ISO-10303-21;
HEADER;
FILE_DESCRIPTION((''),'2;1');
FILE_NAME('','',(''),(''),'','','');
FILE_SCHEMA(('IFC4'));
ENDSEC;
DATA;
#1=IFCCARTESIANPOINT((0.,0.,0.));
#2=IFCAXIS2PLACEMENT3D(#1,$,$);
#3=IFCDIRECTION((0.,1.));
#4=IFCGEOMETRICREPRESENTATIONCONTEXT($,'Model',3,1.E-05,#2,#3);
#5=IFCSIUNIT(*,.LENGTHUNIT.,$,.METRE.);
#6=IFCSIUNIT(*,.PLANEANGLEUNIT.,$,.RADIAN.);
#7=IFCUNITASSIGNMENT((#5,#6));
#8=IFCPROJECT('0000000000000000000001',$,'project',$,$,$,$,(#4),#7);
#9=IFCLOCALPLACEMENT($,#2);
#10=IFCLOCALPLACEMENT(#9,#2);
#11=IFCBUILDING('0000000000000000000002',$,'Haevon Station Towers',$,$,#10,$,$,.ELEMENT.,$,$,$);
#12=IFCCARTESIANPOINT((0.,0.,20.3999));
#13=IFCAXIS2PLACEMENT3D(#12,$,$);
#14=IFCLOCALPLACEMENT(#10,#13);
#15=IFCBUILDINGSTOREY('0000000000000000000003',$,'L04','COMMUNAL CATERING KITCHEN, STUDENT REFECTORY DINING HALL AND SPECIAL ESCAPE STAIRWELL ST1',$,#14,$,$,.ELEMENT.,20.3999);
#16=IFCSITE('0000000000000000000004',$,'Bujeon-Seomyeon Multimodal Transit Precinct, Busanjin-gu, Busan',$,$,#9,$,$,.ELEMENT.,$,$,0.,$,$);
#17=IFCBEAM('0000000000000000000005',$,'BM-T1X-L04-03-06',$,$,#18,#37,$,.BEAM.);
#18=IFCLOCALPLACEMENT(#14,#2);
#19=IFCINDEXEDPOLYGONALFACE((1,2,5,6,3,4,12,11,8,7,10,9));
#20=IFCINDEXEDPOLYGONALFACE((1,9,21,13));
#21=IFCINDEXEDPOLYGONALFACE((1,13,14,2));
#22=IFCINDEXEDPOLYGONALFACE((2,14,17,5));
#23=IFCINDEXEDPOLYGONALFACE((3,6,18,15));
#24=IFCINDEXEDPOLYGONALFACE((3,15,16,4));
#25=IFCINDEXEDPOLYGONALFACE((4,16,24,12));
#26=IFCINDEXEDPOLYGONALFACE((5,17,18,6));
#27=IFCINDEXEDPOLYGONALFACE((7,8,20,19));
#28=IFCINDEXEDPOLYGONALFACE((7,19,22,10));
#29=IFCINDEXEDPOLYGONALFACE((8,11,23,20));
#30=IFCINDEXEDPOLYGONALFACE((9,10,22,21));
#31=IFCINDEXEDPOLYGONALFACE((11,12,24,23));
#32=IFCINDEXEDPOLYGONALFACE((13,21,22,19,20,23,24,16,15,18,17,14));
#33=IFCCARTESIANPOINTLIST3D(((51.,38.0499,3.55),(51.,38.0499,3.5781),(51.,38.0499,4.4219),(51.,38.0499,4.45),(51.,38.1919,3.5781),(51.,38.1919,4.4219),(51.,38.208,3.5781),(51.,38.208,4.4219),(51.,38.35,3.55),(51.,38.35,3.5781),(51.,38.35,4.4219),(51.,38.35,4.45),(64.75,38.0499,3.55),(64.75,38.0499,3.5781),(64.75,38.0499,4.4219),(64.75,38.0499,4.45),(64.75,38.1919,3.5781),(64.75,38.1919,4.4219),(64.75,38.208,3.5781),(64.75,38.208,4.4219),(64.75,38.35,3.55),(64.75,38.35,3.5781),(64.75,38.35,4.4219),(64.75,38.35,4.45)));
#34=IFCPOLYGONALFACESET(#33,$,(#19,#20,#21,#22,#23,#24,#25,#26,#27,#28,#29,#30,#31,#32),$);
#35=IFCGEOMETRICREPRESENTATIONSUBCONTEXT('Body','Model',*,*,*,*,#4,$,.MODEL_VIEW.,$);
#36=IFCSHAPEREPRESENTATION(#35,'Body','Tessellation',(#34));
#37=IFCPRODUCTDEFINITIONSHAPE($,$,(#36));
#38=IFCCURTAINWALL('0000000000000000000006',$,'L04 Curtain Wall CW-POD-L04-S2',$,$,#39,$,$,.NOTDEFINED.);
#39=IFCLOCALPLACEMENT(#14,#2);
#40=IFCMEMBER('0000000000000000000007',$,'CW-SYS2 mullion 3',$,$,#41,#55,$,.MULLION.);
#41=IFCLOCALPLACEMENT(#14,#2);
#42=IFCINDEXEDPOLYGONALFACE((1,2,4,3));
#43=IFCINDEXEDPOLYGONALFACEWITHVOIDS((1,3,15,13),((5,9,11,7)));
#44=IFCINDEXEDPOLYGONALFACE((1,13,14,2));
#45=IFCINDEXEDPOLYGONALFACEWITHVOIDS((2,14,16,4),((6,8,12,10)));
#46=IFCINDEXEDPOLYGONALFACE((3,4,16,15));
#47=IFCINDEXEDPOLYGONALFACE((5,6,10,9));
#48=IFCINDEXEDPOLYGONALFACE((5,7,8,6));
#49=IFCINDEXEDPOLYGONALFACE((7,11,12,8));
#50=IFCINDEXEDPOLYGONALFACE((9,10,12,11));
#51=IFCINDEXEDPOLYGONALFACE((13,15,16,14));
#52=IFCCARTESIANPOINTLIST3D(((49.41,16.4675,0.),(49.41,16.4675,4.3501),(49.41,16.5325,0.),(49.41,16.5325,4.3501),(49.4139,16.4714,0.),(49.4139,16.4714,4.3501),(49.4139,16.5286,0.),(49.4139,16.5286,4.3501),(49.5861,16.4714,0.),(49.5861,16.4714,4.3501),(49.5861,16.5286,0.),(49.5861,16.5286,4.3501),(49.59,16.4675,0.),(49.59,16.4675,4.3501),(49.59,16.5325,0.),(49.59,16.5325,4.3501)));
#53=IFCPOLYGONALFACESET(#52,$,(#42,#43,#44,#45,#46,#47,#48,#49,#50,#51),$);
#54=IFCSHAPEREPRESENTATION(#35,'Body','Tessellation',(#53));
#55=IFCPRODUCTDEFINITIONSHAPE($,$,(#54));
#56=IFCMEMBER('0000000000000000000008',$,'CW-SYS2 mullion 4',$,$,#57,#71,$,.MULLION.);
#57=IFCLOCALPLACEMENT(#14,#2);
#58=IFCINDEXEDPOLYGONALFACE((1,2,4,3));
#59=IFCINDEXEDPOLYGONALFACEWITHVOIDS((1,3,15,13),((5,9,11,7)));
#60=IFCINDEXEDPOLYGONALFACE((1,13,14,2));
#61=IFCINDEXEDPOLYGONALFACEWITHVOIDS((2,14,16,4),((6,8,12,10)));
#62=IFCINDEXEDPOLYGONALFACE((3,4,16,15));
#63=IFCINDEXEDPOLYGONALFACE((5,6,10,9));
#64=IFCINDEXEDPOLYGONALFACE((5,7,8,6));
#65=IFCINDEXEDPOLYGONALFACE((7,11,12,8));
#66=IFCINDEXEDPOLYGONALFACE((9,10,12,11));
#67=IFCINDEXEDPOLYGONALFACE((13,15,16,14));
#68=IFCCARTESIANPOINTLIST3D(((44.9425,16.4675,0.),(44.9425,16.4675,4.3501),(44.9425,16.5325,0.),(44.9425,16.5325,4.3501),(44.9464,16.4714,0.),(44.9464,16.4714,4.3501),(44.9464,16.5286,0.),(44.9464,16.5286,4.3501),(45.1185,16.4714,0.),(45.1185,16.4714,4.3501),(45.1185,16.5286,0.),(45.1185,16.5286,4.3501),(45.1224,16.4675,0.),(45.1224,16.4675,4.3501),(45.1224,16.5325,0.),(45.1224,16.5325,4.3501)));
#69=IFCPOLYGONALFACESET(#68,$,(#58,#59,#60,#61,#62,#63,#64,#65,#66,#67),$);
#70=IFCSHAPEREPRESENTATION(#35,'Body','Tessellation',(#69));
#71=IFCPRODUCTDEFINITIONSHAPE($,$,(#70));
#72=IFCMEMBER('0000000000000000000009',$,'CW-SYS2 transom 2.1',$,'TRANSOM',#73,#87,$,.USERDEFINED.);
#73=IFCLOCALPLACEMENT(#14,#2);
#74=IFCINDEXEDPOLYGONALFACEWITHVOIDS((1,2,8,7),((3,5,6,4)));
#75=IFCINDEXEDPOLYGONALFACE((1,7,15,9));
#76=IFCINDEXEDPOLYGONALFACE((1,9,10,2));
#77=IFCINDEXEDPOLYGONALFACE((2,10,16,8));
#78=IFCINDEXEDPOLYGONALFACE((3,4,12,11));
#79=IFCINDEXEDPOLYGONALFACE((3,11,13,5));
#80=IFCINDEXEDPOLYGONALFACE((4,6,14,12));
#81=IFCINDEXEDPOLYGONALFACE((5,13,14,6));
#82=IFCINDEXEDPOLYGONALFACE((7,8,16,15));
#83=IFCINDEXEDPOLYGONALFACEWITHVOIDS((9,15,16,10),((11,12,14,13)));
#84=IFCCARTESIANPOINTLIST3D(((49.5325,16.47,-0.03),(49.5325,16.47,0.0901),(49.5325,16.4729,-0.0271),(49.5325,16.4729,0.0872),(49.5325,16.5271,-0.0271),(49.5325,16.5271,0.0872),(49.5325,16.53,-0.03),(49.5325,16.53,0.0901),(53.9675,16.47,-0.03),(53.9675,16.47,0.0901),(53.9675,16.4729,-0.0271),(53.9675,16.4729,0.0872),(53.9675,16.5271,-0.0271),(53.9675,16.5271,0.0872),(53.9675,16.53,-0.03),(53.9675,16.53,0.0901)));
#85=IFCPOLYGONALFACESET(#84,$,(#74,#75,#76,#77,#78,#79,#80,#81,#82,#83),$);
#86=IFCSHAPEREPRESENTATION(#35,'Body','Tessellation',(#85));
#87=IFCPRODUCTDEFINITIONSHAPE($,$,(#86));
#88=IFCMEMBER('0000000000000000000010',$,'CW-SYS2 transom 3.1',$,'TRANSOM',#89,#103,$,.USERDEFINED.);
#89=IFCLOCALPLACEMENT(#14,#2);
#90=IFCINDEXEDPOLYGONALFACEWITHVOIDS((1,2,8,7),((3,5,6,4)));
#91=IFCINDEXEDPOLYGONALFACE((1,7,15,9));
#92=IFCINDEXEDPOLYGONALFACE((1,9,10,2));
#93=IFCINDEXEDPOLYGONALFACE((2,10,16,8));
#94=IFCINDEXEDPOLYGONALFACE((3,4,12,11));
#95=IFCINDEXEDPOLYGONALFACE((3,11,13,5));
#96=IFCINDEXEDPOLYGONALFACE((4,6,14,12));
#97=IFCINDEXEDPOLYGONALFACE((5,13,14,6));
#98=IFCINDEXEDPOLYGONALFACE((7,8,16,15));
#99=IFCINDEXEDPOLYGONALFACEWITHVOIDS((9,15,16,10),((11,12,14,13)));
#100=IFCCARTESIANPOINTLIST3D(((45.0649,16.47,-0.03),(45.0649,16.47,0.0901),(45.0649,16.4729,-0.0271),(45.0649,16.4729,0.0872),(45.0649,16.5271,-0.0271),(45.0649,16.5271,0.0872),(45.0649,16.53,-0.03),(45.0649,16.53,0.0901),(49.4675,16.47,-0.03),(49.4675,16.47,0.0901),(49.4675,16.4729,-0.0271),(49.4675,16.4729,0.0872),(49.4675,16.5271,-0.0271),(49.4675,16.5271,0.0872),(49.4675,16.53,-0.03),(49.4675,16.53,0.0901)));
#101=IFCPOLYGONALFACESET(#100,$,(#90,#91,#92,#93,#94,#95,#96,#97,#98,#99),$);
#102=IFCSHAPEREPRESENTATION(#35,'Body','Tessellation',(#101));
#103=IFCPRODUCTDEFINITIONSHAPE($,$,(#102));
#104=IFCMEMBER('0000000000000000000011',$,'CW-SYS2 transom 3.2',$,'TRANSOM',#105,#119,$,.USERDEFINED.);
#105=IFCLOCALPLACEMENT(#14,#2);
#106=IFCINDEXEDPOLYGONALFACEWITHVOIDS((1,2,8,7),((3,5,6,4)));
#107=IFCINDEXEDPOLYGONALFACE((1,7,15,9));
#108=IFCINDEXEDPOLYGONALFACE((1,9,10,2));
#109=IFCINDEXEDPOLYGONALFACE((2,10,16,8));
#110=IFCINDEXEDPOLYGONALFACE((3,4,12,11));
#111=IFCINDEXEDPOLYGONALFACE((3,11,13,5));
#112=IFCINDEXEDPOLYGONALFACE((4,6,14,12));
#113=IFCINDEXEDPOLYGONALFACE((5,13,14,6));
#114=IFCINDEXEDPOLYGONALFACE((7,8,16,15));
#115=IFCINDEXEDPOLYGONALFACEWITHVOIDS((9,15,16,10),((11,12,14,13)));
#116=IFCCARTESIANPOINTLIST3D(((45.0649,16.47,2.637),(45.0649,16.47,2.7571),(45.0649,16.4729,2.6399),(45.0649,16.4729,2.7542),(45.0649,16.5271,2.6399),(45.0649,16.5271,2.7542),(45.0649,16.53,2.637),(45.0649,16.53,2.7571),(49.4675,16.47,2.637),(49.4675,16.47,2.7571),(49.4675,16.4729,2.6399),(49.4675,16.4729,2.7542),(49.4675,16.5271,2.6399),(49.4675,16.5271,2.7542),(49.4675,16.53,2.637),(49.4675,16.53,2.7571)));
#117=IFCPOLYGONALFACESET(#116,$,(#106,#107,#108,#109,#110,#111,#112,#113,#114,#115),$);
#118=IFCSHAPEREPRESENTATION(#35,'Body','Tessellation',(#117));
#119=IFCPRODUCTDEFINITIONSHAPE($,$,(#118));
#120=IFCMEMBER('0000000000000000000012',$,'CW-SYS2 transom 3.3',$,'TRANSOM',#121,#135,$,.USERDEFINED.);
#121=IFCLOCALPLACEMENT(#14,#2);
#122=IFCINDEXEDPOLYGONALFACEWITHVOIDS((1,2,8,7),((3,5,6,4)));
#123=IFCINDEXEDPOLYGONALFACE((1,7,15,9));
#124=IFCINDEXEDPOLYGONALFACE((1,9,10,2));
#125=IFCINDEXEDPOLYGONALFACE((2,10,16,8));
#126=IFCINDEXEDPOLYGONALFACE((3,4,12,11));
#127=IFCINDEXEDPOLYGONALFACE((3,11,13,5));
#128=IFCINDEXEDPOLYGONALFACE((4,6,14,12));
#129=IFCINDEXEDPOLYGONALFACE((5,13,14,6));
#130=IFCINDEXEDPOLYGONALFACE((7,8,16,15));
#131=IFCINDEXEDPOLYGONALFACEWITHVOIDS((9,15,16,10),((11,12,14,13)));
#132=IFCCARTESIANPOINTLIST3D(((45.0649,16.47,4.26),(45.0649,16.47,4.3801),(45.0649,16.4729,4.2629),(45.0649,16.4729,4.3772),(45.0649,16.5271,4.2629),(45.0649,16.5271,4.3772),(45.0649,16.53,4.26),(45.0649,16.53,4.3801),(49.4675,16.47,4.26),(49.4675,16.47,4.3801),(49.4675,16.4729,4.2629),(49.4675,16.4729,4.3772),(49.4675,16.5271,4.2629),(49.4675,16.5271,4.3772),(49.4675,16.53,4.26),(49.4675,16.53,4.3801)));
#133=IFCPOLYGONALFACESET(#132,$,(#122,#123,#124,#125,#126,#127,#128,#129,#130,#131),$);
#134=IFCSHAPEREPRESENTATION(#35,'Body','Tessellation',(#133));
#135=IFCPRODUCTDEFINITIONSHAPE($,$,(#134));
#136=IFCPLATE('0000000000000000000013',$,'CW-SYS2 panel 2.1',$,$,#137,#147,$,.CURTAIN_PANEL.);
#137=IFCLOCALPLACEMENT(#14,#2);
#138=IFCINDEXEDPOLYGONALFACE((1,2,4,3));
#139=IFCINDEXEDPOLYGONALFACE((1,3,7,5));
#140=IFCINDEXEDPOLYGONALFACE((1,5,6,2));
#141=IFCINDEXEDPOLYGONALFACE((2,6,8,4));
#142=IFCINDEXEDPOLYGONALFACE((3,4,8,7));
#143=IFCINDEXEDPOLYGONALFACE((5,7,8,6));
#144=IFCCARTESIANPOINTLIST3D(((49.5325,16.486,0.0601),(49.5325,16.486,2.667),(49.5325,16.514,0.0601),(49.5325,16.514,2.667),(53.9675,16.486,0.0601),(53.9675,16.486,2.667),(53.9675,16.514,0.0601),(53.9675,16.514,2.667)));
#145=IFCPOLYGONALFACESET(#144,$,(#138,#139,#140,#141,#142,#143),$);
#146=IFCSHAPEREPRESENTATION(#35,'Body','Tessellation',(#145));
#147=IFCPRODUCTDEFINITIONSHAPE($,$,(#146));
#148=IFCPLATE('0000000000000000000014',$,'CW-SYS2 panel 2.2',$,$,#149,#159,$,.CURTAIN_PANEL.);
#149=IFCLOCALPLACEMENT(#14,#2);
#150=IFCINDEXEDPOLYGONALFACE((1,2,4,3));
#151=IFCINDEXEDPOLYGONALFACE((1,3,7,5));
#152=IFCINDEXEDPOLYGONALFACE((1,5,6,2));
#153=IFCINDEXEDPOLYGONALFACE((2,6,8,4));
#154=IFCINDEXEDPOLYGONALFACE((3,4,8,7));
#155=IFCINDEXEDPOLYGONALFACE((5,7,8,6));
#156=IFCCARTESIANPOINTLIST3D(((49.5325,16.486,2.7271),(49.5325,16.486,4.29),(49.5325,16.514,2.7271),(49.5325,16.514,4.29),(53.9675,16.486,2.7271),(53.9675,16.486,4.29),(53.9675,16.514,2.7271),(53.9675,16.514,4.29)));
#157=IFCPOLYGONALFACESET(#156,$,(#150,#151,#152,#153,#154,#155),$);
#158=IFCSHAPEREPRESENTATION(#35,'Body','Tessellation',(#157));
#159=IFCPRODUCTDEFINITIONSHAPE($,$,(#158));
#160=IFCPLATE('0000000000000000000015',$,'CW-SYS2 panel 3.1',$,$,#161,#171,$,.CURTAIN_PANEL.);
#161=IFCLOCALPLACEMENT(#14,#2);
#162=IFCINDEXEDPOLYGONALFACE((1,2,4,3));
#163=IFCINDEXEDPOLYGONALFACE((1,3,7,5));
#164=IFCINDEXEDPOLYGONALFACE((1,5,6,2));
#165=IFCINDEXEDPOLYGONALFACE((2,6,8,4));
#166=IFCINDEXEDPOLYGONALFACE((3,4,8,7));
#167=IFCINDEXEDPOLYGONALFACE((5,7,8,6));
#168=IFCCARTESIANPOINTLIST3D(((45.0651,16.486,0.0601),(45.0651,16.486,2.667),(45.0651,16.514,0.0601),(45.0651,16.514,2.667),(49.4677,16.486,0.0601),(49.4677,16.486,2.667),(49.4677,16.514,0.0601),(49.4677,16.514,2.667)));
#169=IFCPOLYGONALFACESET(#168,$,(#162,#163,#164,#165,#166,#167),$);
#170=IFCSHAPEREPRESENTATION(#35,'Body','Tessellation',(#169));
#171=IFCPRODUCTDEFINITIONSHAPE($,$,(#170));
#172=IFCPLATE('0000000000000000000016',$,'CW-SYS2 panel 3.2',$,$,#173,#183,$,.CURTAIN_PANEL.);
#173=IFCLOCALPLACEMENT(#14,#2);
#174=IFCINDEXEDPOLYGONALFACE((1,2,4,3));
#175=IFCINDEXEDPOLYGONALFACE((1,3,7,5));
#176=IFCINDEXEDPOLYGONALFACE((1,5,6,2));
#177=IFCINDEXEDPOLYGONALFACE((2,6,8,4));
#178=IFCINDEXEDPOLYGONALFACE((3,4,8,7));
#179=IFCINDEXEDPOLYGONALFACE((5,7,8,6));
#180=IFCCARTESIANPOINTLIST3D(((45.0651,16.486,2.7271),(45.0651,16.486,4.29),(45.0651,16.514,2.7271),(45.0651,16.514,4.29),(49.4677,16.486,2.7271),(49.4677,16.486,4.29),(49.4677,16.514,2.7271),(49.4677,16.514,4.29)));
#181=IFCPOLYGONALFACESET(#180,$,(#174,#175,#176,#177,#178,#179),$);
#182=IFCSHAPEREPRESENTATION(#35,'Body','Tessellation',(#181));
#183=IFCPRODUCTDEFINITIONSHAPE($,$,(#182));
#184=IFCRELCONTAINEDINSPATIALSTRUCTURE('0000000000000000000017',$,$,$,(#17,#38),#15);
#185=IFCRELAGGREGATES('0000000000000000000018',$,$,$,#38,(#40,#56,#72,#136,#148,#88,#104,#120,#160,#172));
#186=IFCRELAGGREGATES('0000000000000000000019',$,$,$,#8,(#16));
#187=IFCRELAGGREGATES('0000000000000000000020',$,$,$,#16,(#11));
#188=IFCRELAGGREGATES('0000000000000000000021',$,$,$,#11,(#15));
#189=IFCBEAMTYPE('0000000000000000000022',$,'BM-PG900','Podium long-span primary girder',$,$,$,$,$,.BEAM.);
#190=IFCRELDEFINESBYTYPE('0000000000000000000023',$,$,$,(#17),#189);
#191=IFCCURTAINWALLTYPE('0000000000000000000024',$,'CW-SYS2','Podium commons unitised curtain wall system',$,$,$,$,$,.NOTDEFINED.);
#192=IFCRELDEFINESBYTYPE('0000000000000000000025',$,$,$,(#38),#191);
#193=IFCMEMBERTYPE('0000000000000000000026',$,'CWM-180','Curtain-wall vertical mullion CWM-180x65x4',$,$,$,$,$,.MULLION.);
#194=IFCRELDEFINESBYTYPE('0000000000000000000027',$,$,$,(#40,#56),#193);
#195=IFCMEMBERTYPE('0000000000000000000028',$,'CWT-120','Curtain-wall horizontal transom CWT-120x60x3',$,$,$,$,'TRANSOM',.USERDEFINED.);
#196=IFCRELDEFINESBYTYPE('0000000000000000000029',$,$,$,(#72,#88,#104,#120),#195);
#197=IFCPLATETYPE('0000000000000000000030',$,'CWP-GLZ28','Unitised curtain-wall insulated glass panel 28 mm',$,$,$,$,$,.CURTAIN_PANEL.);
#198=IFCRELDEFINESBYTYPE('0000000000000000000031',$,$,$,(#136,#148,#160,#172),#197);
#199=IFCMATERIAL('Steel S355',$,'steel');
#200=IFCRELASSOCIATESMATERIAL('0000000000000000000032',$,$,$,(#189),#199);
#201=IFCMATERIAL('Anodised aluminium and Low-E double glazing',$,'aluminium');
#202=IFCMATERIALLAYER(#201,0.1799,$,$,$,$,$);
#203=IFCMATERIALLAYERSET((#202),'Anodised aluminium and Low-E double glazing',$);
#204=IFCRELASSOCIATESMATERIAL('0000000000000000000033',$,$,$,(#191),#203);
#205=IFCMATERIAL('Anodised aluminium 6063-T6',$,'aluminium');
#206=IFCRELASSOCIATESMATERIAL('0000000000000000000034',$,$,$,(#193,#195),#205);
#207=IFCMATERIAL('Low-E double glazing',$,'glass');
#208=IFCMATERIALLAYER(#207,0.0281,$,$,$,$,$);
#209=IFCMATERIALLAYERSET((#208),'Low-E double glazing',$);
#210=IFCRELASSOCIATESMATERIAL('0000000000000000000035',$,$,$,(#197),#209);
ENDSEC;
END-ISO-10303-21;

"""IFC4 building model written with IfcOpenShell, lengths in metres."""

from ifc_helpers import new_model, si_unit, direction, frame, origin, origin_2d, place, context, subcontext, project, spatial, rectangle, hollow_rectangle, i_section, extrude, material, layer, layer_set, material_profile, profile_set, type_object, element, aggregate, save


model = new_model("IFC4")

# Units and contexts
model_context = context("Model", 3, precision=1e-05, world=origin(), true_north=direction((0.0, 1.0)))
body_context = subcontext(model_context, "Body", "Model", "MODEL_VIEW")
ifc_project = project(units=[si_unit("LENGTHUNIT", "METRE"), si_unit("PLANEANGLEUNIT", "RADIAN")], contexts=[model_context])

# Site, building, storey
site_placement = place(None, origin())
site = spatial("IfcSite", under=ifc_project, at=site_placement, Name="Bujeon-Seomyeon Multimodal Transit Precinct, Busanjin-gu, Busan", CompositionType="ELEMENT", RefElevation=0.0)
building_placement = place(site_placement, origin())
building = spatial("IfcBuilding", under=site, at=building_placement, Name="Haevon Station Towers", CompositionType="ELEMENT")
storey_placement = place(building_placement, frame((0.0, 0.0, 20.3999)))
storey = spatial("IfcBuildingStorey", under=building, at=storey_placement, Name="L04", Description="COMMUNAL CATERING KITCHEN, STUDENT REFECTORY DINING HALL AND SPECIAL ESCAPE STAIRWELL ST1", CompositionType="ELEMENT", Elevation=20.3999)

# Beam
ifc_material_1 = material(Name="Steel S355", Category="steel")
ifc_material_profile_1 = material_profile(ifc_material_1, i_section(OverallWidth=0.3, OverallDepth=0.8999, WebThickness=0.0161, FlangeThickness=0.0281, at=origin_2d()), Name="H-900x300x16x28")
ifc_profile_set_1 = profile_set([ifc_material_profile_1], Name="Steel S355")
beam_type_1 = type_object("IfcBeamType", Name="BM-PG900", Description="Podium long-span primary girder", PredefinedType="BEAM", material=ifc_profile_set_1)
for number, where, z_axis, x_axis, name in (
    (1, (51.0, 38.2, 4.0), (1.0, 0.0, 0.0), (0.0, 1.0, 0.0), "BM-T1X-L04-03-06"),
):
    element("IfcBeam", number, at=place(storey_placement, frame(where, z_axis=z_axis, x_axis=x_axis)), inside=storey, type_object=beam_type_1, Name=name, PredefinedType="BEAM", context=body_context, shape_type="SweptSolid", body=[
        extrude(i_section(OverallWidth=0.3, OverallDepth=0.8999, WebThickness=0.0161, FlangeThickness=0.0281, at=origin_2d()), origin(), (0.0, 0.0, 1.0), 13.75),
    ])

# Curtain wall, members, plates
ifc_material_2 = material(Name="Anodised aluminium and Low-E double glazing", Category="aluminium")
ifc_layer_1 = layer(ifc_material_2, 0.1799)
ifc_layer_set_1 = layer_set([ifc_layer_1], Name="Anodised aluminium and Low-E double glazing")
curtain_wall_type = type_object("IfcCurtainWallType", Name="CW-SYS2", Description="Podium commons unitised curtain wall system", PredefinedType="NOTDEFINED", material=ifc_layer_set_1)
curtain_wall_placement = place(storey_placement, origin())
curtain_wall = element("IfcCurtainWall", 2, at=curtain_wall_placement, inside=storey, type_object=curtain_wall_type, Name="L04 Curtain Wall CW-POD-L04-S2", PredefinedType="NOTDEFINED")
ifc_material_3 = material(Name="Anodised aluminium 6063-T6", Category="aluminium")
ifc_material_profile_2 = material_profile(ifc_material_3, hollow_rectangle(XDim=0.0649, YDim=0.1799, WallThickness=0.0039, at=origin_2d()), Name="CWM-180x65x4")
ifc_profile_set_2 = profile_set([ifc_material_profile_2], Name="Anodised aluminium 6063-T6")
member_type_1 = type_object("IfcMemberType", Name="CWM-180", Description="Curtain-wall vertical mullion CWM-180x65x4", PredefinedType="MULLION", material=ifc_profile_set_2)
member_1_placement = place(storey_placement, frame((49.5, 16.5, 0.0), z_axis=(0.0, 0.0, 1.0), x_axis=(0.0, -1.0, 0.0)))
member_1 = element("IfcMember", 3, at=member_1_placement, type_object=member_type_1, Name="CW-SYS2 mullion 3", PredefinedType="MULLION", context=body_context, shape_type="SweptSolid", body=[
    extrude(hollow_rectangle(XDim=0.0649, YDim=0.1799, WallThickness=0.0039, at=origin_2d()), origin(), (0.0, 0.0, 1.0), 4.3501),
])
member_2_placement = place(storey_placement, frame((45.0325, 16.5, 0.0), z_axis=(0.0, 0.0, 1.0), x_axis=(0.0, -1.0, 0.0)))
member_2 = element("IfcMember", 4, at=member_2_placement, type_object=member_type_1, Name="CW-SYS2 mullion 4", PredefinedType="MULLION", context=body_context, shape_type="SweptSolid", body=[
    extrude(hollow_rectangle(XDim=0.0649, YDim=0.1799, WallThickness=0.0039, at=origin_2d()), origin(), (0.0, 0.0, 1.0), 4.3501),
])
ifc_material_profile_3 = material_profile(ifc_material_3, hollow_rectangle(XDim=0.0601, YDim=0.1201, WallThickness=0.0029, at=origin_2d()), Name="CWT-120x60x3")
ifc_profile_set_3 = profile_set([ifc_material_profile_3], Name="Anodised aluminium 6063-T6")
member_type_2 = type_object("IfcMemberType", Name="CWT-120", Description="Curtain-wall horizontal transom CWT-120x60x3", ElementType="TRANSOM", PredefinedType="USERDEFINED", material=ifc_profile_set_3)
member_3_placement = place(storey_placement, frame((53.9675, 16.5, 0.03), z_axis=(-1.0, 0.0, 0.0), x_axis=(0.0, -1.0, 0.0)))
member_3 = element("IfcMember", 5, at=member_3_placement, type_object=member_type_2, Name="CW-SYS2 transom 2.1", ObjectType="TRANSOM", PredefinedType="USERDEFINED", context=body_context, shape_type="SweptSolid", body=[
    extrude(hollow_rectangle(XDim=0.0601, YDim=0.1201, WallThickness=0.0029, at=origin_2d()), origin(), (0.0, 0.0, 1.0), 4.4351),
])
member_4_placement = place(storey_placement, frame((49.4675, 16.5, 0.03), z_axis=(-1.0, 0.0, 0.0), x_axis=(0.0, -1.0, 0.0)))
member_4 = element("IfcMember", 6, at=member_4_placement, type_object=member_type_2, Name="CW-SYS2 transom 3.1", ObjectType="TRANSOM", PredefinedType="USERDEFINED", context=body_context, shape_type="SweptSolid", body=[
    extrude(hollow_rectangle(XDim=0.0601, YDim=0.1201, WallThickness=0.0029, at=origin_2d()), origin(), (0.0, 0.0, 1.0), 4.4026),
])
member_5_placement = place(storey_placement, frame((49.4675, 16.5, 2.697), z_axis=(-1.0, 0.0, 0.0), x_axis=(0.0, -1.0, 0.0)))
member_5 = element("IfcMember", 7, at=member_5_placement, type_object=member_type_2, Name="CW-SYS2 transom 3.2", ObjectType="TRANSOM", PredefinedType="USERDEFINED", context=body_context, shape_type="SweptSolid", body=[
    extrude(hollow_rectangle(XDim=0.0601, YDim=0.1201, WallThickness=0.0029, at=origin_2d()), origin(), (0.0, 0.0, 1.0), 4.4026),
])
member_6_placement = place(storey_placement, frame((49.4675, 16.5, 4.3201), z_axis=(-1.0, 0.0, 0.0), x_axis=(0.0, -1.0, 0.0)))
member_6 = element("IfcMember", 8, at=member_6_placement, type_object=member_type_2, Name="CW-SYS2 transom 3.3", ObjectType="TRANSOM", PredefinedType="USERDEFINED", context=body_context, shape_type="SweptSolid", body=[
    extrude(hollow_rectangle(XDim=0.0601, YDim=0.1201, WallThickness=0.0029, at=origin_2d()), origin(), (0.0, 0.0, 1.0), 4.4026),
])
ifc_material_4 = material(Name="Low-E double glazing", Category="glass")
ifc_layer_2 = layer(ifc_material_4, 0.0281)
ifc_layer_set_2 = layer_set([ifc_layer_2], Name="Low-E double glazing")
plate_type = type_object("IfcPlateType", Name="CWP-GLZ28", Description="Unitised curtain-wall insulated glass panel 28 mm", PredefinedType="CURTAIN_PANEL", material=ifc_layer_set_2)
plate_1_placement = place(storey_placement, frame((51.75, 16.5, 0.0601), z_axis=(0.0, 0.0, 1.0), x_axis=(-1.0, 0.0, 0.0)))
plate_1 = element("IfcPlate", 9, at=plate_1_placement, type_object=plate_type, Name="CW-SYS2 panel 2.1", PredefinedType="CURTAIN_PANEL", context=body_context, shape_type="SweptSolid", body=[
    extrude(rectangle(XDim=4.4351, YDim=0.0281, at=origin_2d()), origin(), (0.0, 0.0, 1.0), 2.6069),
])
plate_2_placement = place(storey_placement, frame((51.75, 16.5, 2.7271), z_axis=(0.0, 0.0, 1.0), x_axis=(-1.0, 0.0, 0.0)))
plate_2 = element("IfcPlate", 10, at=plate_2_placement, type_object=plate_type, Name="CW-SYS2 panel 2.2", PredefinedType="CURTAIN_PANEL", context=body_context, shape_type="SweptSolid", body=[
    extrude(rectangle(XDim=4.4351, YDim=0.0281, at=origin_2d()), origin(), (0.0, 0.0, 1.0), 1.563),
])
plate_3_placement = place(storey_placement, frame((47.2664, 16.5, 0.0601), z_axis=(0.0, 0.0, 1.0), x_axis=(-1.0, 0.0, 0.0)))
plate_3 = element("IfcPlate", 11, at=plate_3_placement, type_object=plate_type, Name="CW-SYS2 panel 3.1", PredefinedType="CURTAIN_PANEL", context=body_context, shape_type="SweptSolid", body=[
    extrude(rectangle(XDim=4.4026, YDim=0.0281, at=origin_2d()), origin(), (0.0, 0.0, 1.0), 2.6069),
])
plate_4_placement = place(storey_placement, frame((47.2664, 16.5, 2.7271), z_axis=(0.0, 0.0, 1.0), x_axis=(-1.0, 0.0, 0.0)))
plate_4 = element("IfcPlate", 12, at=plate_4_placement, type_object=plate_type, Name="CW-SYS2 panel 3.2", PredefinedType="CURTAIN_PANEL", context=body_context, shape_type="SweptSolid", body=[
    extrude(rectangle(XDim=4.4026, YDim=0.0281, at=origin_2d()), origin(), (0.0, 0.0, 1.0), 1.563),
])
aggregate(curtain_wall, [member_1, member_2, member_3, plate_1, plate_2, member_4, member_5, member_6, plate_3, plate_4])

save(model, "model.ifc")
